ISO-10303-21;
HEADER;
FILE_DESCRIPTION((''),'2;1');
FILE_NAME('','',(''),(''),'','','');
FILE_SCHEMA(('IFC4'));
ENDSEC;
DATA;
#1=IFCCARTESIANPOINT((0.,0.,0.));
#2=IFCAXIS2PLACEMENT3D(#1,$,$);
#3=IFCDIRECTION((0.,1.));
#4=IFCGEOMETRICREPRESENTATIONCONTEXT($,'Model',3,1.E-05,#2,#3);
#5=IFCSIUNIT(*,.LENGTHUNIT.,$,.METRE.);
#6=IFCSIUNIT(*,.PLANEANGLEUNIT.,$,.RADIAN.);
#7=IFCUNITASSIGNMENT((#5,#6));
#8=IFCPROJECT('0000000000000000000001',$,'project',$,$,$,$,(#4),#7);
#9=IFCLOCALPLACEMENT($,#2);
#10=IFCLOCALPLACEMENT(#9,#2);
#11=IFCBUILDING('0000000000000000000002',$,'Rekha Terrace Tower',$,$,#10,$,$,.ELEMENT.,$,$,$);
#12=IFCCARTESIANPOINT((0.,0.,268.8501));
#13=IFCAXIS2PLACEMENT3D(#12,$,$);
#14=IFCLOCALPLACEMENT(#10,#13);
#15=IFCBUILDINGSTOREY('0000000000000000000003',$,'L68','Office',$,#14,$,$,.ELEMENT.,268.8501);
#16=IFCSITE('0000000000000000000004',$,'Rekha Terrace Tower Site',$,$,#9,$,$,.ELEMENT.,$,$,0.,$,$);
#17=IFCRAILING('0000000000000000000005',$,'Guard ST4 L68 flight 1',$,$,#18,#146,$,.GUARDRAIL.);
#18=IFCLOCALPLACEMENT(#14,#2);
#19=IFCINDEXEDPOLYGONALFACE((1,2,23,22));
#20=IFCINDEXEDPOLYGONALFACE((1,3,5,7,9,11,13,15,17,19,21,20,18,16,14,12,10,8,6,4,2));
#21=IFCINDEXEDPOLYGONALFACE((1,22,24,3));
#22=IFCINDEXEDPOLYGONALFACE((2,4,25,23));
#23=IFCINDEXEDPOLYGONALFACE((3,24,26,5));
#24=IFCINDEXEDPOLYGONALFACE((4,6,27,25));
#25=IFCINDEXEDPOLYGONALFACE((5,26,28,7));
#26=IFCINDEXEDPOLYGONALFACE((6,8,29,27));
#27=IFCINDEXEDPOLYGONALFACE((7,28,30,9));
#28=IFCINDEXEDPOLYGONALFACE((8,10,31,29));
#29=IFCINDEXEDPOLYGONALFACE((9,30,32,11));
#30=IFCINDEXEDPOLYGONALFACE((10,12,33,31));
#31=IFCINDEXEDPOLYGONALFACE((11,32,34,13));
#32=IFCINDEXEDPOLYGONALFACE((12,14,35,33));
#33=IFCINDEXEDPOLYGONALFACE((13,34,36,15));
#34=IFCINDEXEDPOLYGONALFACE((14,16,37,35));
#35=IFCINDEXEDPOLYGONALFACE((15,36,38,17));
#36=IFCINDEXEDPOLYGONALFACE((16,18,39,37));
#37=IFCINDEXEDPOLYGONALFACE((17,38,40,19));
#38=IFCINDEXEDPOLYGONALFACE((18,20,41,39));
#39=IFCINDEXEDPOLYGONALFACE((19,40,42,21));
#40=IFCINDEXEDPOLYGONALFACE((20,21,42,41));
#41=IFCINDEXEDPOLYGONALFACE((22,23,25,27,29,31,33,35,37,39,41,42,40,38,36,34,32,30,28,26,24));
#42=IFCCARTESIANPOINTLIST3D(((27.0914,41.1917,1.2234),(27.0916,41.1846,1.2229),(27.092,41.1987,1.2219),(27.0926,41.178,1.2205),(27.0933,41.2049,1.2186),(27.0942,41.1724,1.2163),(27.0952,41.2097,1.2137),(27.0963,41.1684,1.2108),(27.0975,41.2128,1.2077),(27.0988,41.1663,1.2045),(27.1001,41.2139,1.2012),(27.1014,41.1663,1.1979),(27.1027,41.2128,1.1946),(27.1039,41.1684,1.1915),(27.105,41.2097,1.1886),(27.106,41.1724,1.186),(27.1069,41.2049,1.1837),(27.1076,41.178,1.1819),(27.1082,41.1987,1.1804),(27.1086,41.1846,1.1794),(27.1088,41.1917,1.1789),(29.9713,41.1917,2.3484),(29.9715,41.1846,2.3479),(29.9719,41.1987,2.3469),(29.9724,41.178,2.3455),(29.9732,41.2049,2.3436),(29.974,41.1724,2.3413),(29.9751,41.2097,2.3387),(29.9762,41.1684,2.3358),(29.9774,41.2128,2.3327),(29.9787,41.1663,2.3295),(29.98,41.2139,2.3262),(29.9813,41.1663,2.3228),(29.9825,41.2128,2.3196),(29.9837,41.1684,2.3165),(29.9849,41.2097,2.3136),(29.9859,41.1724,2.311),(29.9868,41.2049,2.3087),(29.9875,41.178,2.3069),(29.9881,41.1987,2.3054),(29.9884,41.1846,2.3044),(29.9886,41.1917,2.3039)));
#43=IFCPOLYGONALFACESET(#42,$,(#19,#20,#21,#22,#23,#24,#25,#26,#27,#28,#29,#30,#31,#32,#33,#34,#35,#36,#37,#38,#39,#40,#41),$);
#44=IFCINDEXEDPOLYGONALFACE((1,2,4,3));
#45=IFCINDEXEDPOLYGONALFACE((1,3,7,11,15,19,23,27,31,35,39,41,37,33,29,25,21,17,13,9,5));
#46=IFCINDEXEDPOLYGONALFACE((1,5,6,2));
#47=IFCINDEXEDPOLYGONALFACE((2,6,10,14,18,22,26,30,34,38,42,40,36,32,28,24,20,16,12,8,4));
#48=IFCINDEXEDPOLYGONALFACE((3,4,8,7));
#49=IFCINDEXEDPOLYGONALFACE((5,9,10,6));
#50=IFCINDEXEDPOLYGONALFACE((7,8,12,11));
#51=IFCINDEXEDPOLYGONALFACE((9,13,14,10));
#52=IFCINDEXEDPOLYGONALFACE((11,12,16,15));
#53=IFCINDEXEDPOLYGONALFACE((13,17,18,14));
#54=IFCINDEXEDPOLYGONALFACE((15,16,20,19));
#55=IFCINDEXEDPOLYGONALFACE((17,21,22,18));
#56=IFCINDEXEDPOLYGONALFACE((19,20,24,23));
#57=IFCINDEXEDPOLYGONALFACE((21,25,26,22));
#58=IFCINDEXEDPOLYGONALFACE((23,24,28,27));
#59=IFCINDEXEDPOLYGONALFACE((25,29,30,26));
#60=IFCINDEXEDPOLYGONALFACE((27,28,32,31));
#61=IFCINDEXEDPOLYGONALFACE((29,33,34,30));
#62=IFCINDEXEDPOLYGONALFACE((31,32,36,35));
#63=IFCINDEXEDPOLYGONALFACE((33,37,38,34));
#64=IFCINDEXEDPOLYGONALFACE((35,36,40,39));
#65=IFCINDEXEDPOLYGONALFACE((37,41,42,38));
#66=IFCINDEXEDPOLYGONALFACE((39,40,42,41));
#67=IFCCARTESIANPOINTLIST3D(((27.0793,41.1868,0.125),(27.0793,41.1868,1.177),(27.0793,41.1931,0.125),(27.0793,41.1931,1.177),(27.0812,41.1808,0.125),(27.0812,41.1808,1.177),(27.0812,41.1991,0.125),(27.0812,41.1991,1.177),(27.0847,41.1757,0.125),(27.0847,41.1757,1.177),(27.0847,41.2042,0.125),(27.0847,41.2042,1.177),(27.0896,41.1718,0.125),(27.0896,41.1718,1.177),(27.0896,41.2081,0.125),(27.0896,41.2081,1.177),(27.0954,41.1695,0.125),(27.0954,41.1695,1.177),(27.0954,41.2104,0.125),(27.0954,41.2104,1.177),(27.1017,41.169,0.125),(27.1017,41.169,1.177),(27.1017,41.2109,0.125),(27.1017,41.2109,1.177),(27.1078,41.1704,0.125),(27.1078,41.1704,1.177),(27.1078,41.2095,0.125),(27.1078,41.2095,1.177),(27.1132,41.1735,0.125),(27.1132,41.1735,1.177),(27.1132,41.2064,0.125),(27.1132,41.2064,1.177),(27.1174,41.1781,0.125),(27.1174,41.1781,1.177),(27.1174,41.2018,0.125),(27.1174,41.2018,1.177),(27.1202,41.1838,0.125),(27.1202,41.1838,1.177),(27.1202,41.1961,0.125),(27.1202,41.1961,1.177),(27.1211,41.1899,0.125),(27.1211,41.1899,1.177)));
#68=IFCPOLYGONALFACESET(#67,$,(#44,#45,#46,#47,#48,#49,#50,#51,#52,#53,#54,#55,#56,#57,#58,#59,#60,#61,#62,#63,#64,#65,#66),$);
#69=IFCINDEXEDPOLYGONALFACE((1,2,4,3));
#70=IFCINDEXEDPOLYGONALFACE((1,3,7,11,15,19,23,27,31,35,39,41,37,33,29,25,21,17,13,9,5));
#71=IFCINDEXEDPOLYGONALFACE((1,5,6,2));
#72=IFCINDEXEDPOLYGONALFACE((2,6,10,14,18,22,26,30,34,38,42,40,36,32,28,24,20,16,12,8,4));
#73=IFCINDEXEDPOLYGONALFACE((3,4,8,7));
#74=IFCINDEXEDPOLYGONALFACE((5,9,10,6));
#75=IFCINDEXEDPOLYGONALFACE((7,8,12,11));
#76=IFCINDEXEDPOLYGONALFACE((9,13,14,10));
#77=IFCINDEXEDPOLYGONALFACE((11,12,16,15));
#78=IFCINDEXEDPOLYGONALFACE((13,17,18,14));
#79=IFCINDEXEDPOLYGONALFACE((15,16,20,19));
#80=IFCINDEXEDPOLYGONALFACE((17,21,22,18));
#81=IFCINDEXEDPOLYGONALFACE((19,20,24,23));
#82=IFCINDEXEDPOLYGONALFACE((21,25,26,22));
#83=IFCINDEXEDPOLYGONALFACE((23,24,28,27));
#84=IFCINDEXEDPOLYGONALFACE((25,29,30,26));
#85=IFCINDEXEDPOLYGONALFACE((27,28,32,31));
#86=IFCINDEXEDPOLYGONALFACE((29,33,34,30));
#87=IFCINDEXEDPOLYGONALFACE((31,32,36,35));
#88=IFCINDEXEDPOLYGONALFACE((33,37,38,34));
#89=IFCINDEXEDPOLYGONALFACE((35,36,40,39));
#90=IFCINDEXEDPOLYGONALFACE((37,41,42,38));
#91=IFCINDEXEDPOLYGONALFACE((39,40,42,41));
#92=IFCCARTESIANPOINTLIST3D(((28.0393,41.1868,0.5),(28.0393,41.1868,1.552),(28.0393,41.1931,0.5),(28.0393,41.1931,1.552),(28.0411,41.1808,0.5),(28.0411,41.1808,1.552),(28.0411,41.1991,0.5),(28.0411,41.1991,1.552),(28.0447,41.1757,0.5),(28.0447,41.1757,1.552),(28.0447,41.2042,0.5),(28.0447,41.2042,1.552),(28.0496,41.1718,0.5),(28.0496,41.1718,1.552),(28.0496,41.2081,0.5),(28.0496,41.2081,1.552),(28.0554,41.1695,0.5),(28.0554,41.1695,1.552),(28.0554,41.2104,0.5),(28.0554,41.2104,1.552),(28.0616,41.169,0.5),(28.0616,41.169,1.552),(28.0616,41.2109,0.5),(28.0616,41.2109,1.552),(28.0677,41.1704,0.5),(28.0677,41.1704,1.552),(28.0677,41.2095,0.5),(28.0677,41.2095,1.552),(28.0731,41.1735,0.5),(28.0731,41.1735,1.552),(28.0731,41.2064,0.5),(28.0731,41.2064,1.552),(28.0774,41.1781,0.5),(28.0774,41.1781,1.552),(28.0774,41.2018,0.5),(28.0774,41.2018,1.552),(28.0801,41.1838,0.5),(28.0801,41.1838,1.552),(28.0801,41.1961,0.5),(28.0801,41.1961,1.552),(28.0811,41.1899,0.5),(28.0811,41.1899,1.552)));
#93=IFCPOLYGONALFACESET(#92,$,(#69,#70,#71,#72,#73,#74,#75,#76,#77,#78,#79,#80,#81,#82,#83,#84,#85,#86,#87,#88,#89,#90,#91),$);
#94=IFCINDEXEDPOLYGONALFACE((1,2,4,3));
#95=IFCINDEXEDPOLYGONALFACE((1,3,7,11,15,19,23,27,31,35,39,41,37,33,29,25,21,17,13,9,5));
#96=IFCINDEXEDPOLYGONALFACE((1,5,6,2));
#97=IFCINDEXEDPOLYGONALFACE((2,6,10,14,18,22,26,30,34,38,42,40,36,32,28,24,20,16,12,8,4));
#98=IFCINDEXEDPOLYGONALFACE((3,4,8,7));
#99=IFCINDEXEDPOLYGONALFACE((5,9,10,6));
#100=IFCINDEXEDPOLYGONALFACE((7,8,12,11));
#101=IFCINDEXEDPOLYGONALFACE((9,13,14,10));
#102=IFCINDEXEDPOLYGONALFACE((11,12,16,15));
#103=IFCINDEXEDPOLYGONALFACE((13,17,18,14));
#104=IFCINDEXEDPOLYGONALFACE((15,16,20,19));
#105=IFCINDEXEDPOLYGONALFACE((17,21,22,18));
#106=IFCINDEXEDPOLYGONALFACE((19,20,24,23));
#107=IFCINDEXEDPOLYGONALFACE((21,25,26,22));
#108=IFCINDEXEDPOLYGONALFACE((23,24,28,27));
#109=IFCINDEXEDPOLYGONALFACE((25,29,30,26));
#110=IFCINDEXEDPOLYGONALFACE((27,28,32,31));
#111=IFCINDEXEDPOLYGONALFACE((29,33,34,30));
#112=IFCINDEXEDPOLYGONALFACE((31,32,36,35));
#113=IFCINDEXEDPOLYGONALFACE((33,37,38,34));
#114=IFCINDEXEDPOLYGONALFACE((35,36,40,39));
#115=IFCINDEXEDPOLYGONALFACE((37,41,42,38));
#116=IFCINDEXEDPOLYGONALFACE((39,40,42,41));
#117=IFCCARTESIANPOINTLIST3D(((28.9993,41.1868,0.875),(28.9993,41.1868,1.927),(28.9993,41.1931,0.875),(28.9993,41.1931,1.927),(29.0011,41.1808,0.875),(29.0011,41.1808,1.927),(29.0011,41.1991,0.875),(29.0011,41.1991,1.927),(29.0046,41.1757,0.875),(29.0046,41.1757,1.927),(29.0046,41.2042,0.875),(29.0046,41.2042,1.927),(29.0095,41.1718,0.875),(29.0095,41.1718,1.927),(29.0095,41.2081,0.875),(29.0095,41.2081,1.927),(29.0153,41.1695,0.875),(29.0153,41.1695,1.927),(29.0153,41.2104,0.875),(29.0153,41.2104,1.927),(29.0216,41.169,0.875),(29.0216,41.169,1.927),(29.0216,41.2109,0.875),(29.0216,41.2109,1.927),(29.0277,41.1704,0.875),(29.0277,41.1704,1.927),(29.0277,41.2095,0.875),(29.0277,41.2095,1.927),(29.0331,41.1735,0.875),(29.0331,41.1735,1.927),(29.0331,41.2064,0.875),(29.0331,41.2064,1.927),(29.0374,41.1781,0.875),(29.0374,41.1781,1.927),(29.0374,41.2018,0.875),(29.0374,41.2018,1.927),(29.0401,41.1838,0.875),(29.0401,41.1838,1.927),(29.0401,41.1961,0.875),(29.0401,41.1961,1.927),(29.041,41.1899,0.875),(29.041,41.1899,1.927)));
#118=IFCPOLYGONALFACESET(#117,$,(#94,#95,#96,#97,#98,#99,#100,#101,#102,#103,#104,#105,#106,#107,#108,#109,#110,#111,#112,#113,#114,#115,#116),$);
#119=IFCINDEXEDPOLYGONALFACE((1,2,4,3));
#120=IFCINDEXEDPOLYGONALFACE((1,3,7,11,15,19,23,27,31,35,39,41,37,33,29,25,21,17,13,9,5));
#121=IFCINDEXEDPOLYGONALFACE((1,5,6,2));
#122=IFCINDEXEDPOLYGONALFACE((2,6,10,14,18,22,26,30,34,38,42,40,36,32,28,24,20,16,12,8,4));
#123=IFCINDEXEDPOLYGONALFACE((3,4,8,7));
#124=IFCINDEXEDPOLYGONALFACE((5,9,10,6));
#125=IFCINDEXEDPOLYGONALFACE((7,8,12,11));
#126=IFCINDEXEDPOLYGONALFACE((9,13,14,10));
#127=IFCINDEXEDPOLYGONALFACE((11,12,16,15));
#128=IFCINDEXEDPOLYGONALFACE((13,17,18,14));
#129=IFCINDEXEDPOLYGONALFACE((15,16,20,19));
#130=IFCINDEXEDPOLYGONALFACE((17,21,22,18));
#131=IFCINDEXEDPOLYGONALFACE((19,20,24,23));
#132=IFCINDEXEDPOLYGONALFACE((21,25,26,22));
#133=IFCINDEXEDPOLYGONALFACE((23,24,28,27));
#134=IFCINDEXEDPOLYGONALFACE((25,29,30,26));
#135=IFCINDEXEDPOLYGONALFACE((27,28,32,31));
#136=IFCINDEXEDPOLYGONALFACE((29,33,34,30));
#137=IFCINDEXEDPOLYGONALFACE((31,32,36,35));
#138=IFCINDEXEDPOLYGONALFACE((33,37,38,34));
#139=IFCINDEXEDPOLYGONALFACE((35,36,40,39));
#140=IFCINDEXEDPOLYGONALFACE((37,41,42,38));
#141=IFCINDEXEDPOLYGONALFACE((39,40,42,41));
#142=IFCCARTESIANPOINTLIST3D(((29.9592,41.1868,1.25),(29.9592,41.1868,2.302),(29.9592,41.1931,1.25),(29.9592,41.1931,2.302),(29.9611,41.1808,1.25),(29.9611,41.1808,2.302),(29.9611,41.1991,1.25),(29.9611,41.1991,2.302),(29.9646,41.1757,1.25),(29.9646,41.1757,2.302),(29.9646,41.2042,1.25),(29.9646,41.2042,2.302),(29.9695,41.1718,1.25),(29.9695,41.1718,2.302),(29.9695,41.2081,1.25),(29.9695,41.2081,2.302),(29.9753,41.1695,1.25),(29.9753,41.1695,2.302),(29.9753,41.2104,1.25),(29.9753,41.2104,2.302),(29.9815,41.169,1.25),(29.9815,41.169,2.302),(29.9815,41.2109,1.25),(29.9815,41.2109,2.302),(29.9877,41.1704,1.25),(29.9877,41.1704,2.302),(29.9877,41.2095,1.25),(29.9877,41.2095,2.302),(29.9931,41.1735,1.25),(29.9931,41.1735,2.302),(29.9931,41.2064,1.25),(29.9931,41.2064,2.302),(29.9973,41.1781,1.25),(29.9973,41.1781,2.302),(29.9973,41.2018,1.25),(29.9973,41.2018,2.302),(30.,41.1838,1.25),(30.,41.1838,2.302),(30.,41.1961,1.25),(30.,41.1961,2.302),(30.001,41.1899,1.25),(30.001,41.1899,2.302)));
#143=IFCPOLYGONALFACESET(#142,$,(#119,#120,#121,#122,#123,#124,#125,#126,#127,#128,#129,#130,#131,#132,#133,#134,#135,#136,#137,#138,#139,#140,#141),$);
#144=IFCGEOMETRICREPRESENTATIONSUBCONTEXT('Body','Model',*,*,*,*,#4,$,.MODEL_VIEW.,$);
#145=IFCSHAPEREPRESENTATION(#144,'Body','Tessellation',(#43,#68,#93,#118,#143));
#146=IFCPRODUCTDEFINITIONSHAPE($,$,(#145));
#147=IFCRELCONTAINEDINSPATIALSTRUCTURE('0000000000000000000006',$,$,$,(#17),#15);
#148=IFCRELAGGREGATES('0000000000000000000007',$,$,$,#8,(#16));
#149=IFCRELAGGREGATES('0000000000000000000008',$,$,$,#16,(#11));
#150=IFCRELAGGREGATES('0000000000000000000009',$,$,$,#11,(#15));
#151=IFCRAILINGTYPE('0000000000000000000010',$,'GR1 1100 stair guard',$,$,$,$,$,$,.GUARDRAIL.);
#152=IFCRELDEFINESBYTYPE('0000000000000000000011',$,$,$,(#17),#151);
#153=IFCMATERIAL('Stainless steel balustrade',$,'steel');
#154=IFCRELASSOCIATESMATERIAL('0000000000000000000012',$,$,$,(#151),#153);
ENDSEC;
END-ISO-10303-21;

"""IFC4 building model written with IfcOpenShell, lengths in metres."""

from ifc_helpers import new_model, si_unit, direction, frame, origin, origin_2d, place, context, subcontext, project, spatial, circle, extrude, material, type_object, element, save


model = new_model("IFC4")

# Units and contexts
model_context = context("Model", 3, precision=1e-05, world=origin(), true_north=direction((0.0, 1.0)))
body_context = subcontext(model_context, "Body", "Model", "MODEL_VIEW")
ifc_project = project(units=[si_unit("LENGTHUNIT", "METRE"), si_unit("PLANEANGLEUNIT", "RADIAN")], contexts=[model_context])

# Site, building, storey
site_placement = place(None, origin())
site = spatial("IfcSite", under=ifc_project, at=site_placement, Name="Rekha Terrace Tower Site", CompositionType="ELEMENT", RefElevation=0.0)
building_placement = place(site_placement, origin())
building = spatial("IfcBuilding", under=site, at=building_placement, Name="Rekha Terrace Tower", CompositionType="ELEMENT")
storey_placement = place(building_placement, frame((0.0, 0.0, 268.8501)))
storey = spatial("IfcBuildingStorey", under=building, at=storey_placement, Name="L68", Description="Office", CompositionType="ELEMENT", Elevation=268.8501)

# Railing
ifc_material_1 = material(Name="Stainless steel balustrade", Category="steel")
railing_type_1 = type_object("IfcRailingType", Name="GR1 1100 stair guard", PredefinedType="GUARDRAIL", material=ifc_material_1)
railing_1_placement = place(storey_placement, frame((27.1001, 41.1899, 0.125)))
element("IfcRailing", 1, at=railing_1_placement, inside=storey, type_object=railing_type_1, Name="Guard ST4 L68 flight 1", PredefinedType="GUARDRAIL", context=body_context, shape_type="SweptSolid", body=[
    extrude(circle(Radius=0.0239, at=origin_2d()), frame((0.0, 0.0, 1.0762), z_axis=(0.931452, 0.0, 0.363863), x_axis=(0.0, 1.0, 0.0)), (0.0, 0.0, 1.0), 3.0918),
    extrude(circle(Radius=0.021, at=origin_2d()), origin(), (0.0, 0.0, 1.0), 1.052),
    extrude(circle(Radius=0.021, at=origin_2d()), frame((0.96, 0.0, 0.375)), (0.0, 0.0, 1.0), 1.052),
    extrude(circle(Radius=0.021, at=origin_2d()), frame((1.9199, 0.0, 0.75)), (0.0, 0.0, 1.0), 1.052),
    extrude(circle(Radius=0.021, at=origin_2d()), frame((2.8799, 0.0, 1.125)), (0.0, 0.0, 1.0), 1.052),
])

save(model, "model.ifc")
